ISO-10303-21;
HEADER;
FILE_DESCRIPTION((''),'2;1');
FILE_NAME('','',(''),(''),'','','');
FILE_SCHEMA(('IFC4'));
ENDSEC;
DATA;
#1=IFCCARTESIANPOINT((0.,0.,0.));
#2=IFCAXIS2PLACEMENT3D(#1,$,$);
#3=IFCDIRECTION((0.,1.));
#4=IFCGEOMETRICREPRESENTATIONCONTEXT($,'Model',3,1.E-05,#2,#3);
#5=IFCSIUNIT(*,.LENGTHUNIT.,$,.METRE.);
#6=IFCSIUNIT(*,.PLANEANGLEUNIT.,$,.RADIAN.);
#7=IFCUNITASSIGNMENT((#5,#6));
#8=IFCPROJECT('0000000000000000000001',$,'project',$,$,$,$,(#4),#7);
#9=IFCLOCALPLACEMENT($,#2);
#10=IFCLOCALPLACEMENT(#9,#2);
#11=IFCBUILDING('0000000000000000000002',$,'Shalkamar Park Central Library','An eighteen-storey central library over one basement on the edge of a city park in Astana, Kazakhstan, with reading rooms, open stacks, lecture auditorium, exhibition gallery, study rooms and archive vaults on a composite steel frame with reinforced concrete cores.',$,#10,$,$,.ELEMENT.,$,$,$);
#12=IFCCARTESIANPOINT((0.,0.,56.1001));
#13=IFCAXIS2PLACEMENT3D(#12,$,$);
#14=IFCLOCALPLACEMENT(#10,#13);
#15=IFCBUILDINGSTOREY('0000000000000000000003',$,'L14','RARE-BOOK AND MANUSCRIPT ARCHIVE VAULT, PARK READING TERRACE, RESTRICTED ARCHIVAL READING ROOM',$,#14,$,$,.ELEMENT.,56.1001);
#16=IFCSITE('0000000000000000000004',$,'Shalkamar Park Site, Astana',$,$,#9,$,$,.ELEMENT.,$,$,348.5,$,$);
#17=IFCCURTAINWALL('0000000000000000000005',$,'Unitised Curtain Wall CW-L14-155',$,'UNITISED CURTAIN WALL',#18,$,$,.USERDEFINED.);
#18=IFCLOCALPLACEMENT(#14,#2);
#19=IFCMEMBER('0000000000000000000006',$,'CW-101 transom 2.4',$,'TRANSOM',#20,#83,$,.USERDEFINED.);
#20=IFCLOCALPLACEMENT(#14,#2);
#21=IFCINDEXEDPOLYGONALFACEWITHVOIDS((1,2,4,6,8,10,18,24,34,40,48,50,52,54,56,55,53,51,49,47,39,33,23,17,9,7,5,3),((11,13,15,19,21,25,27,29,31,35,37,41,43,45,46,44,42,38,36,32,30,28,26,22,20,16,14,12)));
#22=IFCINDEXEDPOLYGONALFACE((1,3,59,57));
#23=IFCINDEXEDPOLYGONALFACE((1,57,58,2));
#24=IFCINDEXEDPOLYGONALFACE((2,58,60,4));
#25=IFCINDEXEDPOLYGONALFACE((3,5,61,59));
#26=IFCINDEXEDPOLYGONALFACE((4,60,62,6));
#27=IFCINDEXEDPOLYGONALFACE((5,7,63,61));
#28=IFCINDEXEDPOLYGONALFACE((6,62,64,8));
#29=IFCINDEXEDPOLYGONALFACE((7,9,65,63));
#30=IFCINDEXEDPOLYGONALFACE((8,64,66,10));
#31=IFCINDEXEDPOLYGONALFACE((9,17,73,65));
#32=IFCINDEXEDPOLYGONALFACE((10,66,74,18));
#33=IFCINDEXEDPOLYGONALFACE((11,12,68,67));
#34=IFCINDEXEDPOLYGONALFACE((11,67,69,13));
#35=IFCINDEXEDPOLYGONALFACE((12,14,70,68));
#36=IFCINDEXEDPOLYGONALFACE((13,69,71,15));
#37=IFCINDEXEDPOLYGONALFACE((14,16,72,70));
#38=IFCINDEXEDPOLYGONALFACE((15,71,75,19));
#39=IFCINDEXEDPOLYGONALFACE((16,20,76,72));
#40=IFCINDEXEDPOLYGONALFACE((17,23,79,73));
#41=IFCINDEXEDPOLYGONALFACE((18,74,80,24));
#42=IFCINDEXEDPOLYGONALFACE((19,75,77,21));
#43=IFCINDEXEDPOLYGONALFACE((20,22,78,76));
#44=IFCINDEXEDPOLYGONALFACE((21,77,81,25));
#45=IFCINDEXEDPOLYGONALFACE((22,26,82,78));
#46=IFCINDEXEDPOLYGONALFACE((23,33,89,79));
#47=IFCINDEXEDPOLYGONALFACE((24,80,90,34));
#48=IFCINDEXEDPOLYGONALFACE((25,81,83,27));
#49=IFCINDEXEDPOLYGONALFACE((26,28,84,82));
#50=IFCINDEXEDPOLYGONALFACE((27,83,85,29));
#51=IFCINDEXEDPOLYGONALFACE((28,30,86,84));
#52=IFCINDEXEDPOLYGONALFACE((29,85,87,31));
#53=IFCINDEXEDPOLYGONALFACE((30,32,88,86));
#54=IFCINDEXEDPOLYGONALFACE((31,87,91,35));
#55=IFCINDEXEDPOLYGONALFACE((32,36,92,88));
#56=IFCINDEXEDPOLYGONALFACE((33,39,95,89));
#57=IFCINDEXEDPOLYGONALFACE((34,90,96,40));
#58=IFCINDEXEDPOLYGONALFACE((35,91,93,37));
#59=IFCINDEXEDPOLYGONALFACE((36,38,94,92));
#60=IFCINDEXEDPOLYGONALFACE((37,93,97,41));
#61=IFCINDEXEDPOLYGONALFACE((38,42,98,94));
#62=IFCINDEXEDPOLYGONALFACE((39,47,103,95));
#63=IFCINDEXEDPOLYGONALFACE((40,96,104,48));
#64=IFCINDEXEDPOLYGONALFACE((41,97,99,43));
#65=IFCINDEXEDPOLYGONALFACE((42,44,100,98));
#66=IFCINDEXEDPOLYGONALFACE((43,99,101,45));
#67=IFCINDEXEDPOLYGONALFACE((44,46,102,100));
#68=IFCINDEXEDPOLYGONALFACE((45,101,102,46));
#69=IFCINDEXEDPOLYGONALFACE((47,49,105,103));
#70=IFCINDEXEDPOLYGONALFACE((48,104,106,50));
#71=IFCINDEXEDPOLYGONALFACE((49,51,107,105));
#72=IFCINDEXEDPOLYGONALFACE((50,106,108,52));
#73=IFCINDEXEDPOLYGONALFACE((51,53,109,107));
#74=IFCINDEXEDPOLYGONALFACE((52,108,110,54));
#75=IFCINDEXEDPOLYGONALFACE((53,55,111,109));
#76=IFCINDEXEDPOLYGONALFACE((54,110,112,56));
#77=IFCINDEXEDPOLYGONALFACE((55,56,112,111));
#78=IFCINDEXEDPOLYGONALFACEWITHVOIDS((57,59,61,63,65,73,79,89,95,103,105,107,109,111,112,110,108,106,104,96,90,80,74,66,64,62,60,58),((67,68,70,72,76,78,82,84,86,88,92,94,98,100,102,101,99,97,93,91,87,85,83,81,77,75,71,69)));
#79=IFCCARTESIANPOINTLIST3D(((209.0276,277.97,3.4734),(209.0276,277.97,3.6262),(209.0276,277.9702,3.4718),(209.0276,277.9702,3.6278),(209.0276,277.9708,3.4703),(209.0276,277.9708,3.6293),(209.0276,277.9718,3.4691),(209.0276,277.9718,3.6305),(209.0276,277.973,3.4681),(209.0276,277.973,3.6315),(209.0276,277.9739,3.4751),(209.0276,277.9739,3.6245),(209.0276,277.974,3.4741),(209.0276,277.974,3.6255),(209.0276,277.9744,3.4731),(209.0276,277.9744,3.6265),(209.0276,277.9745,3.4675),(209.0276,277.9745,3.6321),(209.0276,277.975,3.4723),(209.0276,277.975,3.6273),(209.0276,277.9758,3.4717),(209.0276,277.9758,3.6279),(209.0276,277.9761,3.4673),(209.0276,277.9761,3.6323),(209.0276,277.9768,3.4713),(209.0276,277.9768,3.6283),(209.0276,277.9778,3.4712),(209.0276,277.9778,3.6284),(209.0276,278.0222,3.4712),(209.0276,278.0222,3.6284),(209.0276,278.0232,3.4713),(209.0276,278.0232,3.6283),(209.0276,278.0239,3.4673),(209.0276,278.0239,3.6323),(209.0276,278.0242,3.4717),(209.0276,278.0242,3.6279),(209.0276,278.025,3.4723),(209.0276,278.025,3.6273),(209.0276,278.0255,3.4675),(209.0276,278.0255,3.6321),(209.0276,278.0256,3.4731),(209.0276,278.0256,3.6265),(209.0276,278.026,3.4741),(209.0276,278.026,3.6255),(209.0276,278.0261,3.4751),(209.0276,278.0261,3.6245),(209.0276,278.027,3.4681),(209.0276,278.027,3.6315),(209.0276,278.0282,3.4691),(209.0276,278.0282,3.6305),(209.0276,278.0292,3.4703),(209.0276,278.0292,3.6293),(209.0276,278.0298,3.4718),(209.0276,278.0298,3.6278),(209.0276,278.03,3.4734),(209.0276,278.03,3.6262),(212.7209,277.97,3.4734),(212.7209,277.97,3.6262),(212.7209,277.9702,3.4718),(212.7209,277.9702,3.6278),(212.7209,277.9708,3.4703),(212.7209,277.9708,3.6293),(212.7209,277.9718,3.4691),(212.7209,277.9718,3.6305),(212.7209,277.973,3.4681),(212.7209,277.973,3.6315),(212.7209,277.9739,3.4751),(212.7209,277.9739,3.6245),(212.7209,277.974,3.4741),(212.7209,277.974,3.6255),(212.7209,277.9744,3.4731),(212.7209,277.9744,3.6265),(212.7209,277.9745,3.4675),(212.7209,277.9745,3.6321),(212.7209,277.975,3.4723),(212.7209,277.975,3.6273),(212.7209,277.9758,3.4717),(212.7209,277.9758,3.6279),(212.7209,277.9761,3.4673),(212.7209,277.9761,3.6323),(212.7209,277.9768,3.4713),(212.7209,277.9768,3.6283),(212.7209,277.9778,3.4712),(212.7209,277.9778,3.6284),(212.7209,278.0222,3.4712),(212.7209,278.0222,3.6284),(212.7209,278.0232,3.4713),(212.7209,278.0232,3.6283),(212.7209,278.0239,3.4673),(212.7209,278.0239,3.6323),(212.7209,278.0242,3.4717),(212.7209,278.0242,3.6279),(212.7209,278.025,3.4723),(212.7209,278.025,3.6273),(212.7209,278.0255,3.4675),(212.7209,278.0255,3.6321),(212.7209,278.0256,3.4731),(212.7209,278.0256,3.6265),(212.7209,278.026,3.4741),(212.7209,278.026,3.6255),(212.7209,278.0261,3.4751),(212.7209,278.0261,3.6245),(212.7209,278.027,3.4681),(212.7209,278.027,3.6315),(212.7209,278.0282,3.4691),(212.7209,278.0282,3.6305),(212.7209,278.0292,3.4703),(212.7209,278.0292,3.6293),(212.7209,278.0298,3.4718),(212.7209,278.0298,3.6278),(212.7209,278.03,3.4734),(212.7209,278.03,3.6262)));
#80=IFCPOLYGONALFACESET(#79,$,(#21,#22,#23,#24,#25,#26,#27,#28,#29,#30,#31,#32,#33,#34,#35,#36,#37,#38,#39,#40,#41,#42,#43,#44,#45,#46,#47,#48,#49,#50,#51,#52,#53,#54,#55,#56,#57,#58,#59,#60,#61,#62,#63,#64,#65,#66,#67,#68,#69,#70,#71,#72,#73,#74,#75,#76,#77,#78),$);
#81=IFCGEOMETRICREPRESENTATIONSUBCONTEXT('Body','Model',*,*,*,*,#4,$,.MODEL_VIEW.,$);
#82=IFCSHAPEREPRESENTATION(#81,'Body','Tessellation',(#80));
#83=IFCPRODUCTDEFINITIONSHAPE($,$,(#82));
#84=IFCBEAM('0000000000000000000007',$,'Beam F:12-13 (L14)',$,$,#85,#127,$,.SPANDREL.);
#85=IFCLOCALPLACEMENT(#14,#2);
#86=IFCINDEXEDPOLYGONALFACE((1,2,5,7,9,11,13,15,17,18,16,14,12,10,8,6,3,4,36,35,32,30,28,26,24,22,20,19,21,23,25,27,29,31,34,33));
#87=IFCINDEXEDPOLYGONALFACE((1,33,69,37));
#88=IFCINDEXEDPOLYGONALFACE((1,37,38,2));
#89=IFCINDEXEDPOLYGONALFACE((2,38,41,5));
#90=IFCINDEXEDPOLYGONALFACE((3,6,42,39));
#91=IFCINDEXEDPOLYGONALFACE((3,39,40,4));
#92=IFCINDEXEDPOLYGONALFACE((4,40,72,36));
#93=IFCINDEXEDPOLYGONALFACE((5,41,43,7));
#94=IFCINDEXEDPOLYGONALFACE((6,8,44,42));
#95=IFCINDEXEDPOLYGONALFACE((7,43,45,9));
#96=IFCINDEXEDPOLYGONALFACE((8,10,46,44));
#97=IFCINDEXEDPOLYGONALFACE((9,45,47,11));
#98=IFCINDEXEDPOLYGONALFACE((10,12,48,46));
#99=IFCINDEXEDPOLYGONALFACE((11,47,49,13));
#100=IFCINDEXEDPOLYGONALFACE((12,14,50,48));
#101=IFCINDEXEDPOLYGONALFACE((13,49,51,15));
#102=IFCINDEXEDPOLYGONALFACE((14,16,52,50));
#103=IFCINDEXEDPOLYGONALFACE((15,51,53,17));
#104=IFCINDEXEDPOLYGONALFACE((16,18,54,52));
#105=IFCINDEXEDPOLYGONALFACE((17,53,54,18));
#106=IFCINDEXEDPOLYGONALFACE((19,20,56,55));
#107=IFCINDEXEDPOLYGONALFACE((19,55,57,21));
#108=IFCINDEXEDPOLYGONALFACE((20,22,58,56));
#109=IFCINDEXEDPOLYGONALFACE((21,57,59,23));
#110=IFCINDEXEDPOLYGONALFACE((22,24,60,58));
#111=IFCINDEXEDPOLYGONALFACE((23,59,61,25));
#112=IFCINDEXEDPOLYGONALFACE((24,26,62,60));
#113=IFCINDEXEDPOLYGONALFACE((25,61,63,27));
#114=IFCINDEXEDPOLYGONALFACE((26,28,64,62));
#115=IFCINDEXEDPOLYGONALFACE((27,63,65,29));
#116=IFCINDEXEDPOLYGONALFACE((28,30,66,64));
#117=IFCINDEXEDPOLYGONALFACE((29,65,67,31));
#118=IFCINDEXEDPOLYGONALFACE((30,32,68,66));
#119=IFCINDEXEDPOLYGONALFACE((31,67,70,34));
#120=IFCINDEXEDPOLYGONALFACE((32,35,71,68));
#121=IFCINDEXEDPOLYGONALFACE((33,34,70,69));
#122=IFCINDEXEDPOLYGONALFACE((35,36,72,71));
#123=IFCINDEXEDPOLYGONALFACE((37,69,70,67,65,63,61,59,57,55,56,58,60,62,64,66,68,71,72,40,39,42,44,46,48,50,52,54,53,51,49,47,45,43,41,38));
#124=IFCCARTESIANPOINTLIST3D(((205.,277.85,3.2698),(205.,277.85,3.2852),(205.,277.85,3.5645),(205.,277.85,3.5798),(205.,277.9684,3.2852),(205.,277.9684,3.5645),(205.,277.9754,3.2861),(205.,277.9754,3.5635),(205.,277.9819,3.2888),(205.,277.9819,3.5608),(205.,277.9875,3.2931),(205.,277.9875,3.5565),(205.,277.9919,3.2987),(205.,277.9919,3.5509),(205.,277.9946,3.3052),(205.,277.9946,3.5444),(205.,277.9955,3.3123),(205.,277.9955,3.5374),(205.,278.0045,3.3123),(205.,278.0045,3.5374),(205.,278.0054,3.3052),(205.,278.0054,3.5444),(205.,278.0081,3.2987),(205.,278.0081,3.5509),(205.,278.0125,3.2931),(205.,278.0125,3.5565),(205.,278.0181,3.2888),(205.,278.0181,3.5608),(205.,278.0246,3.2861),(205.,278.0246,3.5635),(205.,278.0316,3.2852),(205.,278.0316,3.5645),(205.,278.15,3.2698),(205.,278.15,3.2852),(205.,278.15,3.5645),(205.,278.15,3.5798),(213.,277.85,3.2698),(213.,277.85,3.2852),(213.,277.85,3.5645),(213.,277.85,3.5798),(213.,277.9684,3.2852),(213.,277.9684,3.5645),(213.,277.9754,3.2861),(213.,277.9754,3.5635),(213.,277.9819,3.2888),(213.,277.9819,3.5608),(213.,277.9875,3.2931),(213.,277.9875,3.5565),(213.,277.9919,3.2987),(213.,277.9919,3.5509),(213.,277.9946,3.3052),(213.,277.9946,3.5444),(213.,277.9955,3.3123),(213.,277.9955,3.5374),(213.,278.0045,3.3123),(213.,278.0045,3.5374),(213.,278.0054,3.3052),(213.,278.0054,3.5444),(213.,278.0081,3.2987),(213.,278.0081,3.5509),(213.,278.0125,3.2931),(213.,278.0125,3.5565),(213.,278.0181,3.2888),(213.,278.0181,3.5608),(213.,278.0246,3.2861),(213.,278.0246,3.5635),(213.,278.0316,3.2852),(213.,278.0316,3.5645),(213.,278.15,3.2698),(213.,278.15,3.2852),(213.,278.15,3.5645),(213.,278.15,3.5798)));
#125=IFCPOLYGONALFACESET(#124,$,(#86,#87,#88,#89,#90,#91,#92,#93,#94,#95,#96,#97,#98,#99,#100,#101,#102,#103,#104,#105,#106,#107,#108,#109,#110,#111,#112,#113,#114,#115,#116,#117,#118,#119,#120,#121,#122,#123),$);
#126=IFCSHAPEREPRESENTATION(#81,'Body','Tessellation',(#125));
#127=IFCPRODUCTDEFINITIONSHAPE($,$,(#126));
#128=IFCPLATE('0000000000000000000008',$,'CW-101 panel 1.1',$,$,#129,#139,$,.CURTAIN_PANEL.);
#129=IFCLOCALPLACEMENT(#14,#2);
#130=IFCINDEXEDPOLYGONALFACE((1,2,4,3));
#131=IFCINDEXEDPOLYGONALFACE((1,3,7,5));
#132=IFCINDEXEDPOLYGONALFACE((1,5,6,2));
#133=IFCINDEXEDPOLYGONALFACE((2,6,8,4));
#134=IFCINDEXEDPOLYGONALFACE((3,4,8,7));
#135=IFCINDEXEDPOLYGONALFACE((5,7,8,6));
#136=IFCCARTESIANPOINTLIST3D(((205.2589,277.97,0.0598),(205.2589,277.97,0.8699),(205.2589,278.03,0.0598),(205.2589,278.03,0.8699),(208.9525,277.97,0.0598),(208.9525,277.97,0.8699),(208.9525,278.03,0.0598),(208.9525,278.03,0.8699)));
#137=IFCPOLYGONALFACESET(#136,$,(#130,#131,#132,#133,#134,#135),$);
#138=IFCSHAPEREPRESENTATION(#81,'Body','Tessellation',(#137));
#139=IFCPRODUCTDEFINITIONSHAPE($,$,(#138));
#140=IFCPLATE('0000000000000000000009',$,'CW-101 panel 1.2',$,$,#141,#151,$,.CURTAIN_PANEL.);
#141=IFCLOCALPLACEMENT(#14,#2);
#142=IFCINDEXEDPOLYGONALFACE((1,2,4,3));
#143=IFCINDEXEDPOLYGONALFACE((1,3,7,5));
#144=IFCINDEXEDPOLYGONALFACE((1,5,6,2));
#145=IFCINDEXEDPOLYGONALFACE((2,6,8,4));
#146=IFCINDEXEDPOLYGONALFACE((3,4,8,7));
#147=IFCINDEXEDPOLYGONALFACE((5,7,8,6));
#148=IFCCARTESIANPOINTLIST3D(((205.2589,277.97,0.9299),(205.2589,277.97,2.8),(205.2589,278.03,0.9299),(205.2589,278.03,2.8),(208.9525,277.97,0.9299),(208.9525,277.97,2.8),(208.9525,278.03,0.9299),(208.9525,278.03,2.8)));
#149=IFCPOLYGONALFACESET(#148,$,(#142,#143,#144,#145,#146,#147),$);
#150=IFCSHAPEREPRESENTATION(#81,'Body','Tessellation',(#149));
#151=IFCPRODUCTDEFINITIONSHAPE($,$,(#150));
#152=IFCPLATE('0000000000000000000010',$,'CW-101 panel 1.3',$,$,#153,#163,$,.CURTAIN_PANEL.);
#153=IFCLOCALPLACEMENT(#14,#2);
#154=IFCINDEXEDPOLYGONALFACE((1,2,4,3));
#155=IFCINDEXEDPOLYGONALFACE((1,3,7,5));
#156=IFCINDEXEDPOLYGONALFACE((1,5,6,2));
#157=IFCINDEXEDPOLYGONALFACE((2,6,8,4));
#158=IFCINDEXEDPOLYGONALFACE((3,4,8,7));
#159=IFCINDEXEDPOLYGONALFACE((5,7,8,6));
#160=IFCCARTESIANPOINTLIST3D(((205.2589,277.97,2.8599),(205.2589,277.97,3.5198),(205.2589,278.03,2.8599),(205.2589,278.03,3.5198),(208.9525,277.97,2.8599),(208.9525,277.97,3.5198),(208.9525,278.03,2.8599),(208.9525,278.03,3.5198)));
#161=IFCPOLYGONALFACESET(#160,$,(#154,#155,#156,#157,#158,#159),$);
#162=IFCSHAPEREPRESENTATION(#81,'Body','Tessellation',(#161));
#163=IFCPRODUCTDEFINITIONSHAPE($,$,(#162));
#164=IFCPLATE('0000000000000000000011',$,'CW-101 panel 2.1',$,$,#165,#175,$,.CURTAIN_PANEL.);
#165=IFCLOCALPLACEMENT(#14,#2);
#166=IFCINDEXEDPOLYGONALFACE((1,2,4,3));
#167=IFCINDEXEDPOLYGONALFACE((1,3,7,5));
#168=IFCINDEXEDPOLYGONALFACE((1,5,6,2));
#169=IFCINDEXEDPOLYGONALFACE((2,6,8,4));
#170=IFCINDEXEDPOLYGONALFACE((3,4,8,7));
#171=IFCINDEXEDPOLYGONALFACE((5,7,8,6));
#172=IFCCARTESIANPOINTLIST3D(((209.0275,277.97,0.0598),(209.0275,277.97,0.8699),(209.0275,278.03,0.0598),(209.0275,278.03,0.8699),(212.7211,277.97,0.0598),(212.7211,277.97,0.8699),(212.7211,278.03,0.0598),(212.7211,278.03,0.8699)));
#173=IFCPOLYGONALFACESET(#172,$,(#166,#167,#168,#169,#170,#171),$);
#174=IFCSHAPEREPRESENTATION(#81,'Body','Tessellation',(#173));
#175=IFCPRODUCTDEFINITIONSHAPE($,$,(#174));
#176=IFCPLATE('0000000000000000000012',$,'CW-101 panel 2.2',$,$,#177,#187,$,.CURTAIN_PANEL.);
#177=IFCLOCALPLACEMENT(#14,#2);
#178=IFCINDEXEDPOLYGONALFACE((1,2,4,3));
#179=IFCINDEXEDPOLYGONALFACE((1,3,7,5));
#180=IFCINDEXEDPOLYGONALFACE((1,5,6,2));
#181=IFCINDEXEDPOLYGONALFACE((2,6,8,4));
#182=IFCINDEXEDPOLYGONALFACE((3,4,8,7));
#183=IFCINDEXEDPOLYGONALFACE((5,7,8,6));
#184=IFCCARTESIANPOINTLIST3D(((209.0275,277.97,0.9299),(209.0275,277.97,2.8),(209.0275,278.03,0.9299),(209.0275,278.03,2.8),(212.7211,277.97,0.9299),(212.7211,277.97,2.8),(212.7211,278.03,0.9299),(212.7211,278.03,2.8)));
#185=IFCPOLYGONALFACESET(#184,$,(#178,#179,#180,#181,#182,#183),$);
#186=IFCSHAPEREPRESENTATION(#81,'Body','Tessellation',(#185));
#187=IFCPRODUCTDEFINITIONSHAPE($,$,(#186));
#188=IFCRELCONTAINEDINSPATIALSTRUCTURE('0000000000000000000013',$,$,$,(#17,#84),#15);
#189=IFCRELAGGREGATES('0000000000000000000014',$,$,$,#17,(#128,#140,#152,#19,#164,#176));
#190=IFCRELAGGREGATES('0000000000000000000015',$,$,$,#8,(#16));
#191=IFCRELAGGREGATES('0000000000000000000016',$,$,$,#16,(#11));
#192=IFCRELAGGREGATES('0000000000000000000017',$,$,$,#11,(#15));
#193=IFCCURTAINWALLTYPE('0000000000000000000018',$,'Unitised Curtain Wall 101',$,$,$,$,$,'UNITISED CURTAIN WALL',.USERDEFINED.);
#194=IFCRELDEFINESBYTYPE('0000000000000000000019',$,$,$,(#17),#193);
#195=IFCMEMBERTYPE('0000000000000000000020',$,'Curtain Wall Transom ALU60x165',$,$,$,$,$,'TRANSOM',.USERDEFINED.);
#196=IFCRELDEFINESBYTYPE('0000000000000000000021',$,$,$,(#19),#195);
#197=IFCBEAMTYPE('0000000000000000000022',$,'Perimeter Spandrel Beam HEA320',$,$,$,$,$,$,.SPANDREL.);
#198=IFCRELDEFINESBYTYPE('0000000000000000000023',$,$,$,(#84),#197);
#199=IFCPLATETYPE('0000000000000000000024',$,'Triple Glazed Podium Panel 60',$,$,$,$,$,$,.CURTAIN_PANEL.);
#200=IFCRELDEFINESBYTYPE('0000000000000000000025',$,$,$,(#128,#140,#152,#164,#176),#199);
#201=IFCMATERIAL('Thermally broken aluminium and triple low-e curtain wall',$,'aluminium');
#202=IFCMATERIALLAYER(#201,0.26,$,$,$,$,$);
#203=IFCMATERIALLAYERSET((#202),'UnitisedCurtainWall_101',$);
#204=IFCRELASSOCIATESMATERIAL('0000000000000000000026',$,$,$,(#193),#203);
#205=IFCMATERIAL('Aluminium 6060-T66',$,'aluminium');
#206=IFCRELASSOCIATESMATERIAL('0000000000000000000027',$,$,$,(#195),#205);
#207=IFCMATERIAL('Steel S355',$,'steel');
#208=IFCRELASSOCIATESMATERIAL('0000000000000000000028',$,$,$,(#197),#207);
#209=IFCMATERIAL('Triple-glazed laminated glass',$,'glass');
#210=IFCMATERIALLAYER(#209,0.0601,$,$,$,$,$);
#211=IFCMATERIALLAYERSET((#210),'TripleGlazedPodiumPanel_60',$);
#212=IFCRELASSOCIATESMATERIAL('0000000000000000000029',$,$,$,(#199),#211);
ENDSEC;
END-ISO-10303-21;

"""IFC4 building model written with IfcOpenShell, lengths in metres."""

from ifc_helpers import new_model, si_unit, direction, frame, origin, origin_2d, place, context, subcontext, project, spatial, rectangle, hollow_rectangle, i_section, extrude, material, layer, layer_set, material_profile, profile_set, type_object, element, aggregate, save


model = new_model("IFC4")

# Units and contexts
model_context = context("Model", 3, precision=1e-05, world=origin(), true_north=direction((0.0, 1.0)))
body_context = subcontext(model_context, "Body", "Model", "MODEL_VIEW")
ifc_project = project(units=[si_unit("LENGTHUNIT", "METRE"), si_unit("PLANEANGLEUNIT", "RADIAN")], contexts=[model_context])

# Site, building, storey
site_placement = place(None, origin())
site = spatial("IfcSite", under=ifc_project, at=site_placement, Name="Shalkamar Park Site, Astana", CompositionType="ELEMENT", RefElevation=348.5)
building_placement = place(site_placement, origin())
building = spatial("IfcBuilding", under=site, at=building_placement, Name="Shalkamar Park Central Library", Description="An eighteen-storey central library over one basement on the edge of a city park in Astana, Kazakhstan, with reading rooms, open stacks, lecture auditorium, exhibition gallery, study rooms and archive vaults on a composite steel frame with reinforced concrete cores.", CompositionType="ELEMENT")
storey_placement = place(building_placement, frame((0.0, 0.0, 56.1001)))
storey = spatial("IfcBuildingStorey", under=building, at=storey_placement, Name="L14", Description="RARE-BOOK AND MANUSCRIPT ARCHIVE VAULT, PARK READING TERRACE, RESTRICTED ARCHIVAL READING ROOM", CompositionType="ELEMENT", Elevation=56.1001)

# Shared definitions
ifc_material_1 = material(Name="Steel S355", Category="steel")

# Curtain wall, member
ifc_material_2 = material(Name="Thermally broken aluminium and triple low-e curtain wall", Category="aluminium")
ifc_layer_1 = layer(ifc_material_2, 0.26)
ifc_layer_set_1 = layer_set([ifc_layer_1], Name="UnitisedCurtainWall_101")
curtain_wall_type = type_object("IfcCurtainWallType", Name="Unitised Curtain Wall 101", ElementType="UNITISED CURTAIN WALL", PredefinedType="USERDEFINED", material=ifc_layer_set_1)
curtain_wall_placement = place(storey_placement, origin())
curtain_wall = element("IfcCurtainWall", 1, at=curtain_wall_placement, inside=storey, type_object=curtain_wall_type, Name="Unitised Curtain Wall CW-L14-155", ObjectType="UNITISED CURTAIN WALL", PredefinedType="USERDEFINED")
ifc_material_3 = material(Name="Aluminium 6060-T66", Category="aluminium")
ifc_material_profile_1 = material_profile(ifc_material_3, hollow_rectangle(XDim=0.0601, YDim=0.165, WallThickness=0.0039, InnerFilletRadius=0.0039, OuterFilletRadius=0.0061, at=origin_2d()), Name="ALU 60x165x4")
ifc_profile_set_1 = profile_set([ifc_material_profile_1], Name="Aluminium 6060-T66")
member_type_1 = type_object("IfcMemberType", Name="Curtain Wall Transom ALU60x165", ElementType="TRANSOM", PredefinedType="USERDEFINED", material=ifc_profile_set_1)
member_1_placement = place(storey_placement, frame((209.0276, 278.0, 3.5498), z_axis=(1.0, 0.0, 0.0), x_axis=(0.0, 1.0, 0.0)))
member_1 = element("IfcMember", 2, at=member_1_placement, type_object=member_type_1, Name="CW-101 transom 2.4", ObjectType="TRANSOM", PredefinedType="USERDEFINED", context=body_context, shape_type="SweptSolid", body=[
    extrude(hollow_rectangle(XDim=0.0601, YDim=0.165, WallThickness=0.0039, InnerFilletRadius=0.0039, OuterFilletRadius=0.0061, at=origin_2d()), origin(), (0.0, 0.0, 1.0), 3.6934),
])

# Beam
ifc_material_profile_2 = material_profile(ifc_material_1, i_section(OverallWidth=0.3, OverallDepth=0.3101, WebThickness=0.009, FlangeThickness=0.0154, FilletRadius=0.0271, at=origin_2d()), Name="HEA 320")
ifc_profile_set_2 = profile_set([ifc_material_profile_2], Name="Steel S355")
beam_type = type_object("IfcBeamType", Name="Perimeter Spandrel Beam HEA320", PredefinedType="SPANDREL", material=ifc_profile_set_2)
beam_placement = place(storey_placement, frame((205.0, 278.0, 3.4248), z_axis=(1.0, 0.0, 0.0), x_axis=(0.0, 1.0, 0.0)))
element("IfcBeam", 3, at=beam_placement, inside=storey, type_object=beam_type, Name="Beam F:12-13 (L14)", PredefinedType="SPANDREL", context=body_context, shape_type="SweptSolid", body=[
    extrude(i_section(OverallWidth=0.3, OverallDepth=0.3101, WebThickness=0.009, FlangeThickness=0.0154, FilletRadius=0.0271, at=origin_2d()), origin(), (0.0, 0.0, 1.0), 8.0),
])

# Plates
ifc_material_4 = material(Name="Triple-glazed laminated glass", Category="glass")
ifc_layer_2 = layer(ifc_material_4, 0.0601)
ifc_layer_set_2 = layer_set([ifc_layer_2], Name="TripleGlazedPodiumPanel_60")
plate_type = type_object("IfcPlateType", Name="Triple Glazed Podium Panel 60", PredefinedType="CURTAIN_PANEL", material=ifc_layer_set_2)
plate_1_placement = place(storey_placement, frame((207.1057, 278.0, 0.0598), z_axis=(0.0, 0.0, 1.0), x_axis=(1.0, 0.0, 0.0)))
plate_1 = element("IfcPlate", 4, at=plate_1_placement, type_object=plate_type, Name="CW-101 panel 1.1", PredefinedType="CURTAIN_PANEL", context=body_context, shape_type="SweptSolid", body=[
    extrude(rectangle(XDim=3.6936, YDim=0.0601, at=origin_2d()), origin(), (0.0, 0.0, 1.0), 0.8101),
])
plate_2_placement = place(storey_placement, frame((207.1057, 278.0, 0.9299), z_axis=(0.0, 0.0, 1.0), x_axis=(1.0, 0.0, 0.0)))
plate_2 = element("IfcPlate", 5, at=plate_2_placement, type_object=plate_type, Name="CW-101 panel 1.2", PredefinedType="CURTAIN_PANEL", context=body_context, shape_type="SweptSolid", body=[
    extrude(rectangle(XDim=3.6936, YDim=0.0601, at=origin_2d()), origin(), (0.0, 0.0, 1.0), 1.8701),
])
plate_3_placement = place(storey_placement, frame((207.1057, 278.0, 2.8599), z_axis=(0.0, 0.0, 1.0), x_axis=(1.0, 0.0, 0.0)))
plate_3 = element("IfcPlate", 6, at=plate_3_placement, type_object=plate_type, Name="CW-101 panel 1.3", PredefinedType="CURTAIN_PANEL", context=body_context, shape_type="SweptSolid", body=[
    extrude(rectangle(XDim=3.6936, YDim=0.0601, at=origin_2d()), origin(), (0.0, 0.0, 1.0), 0.6599),
])
plate_4_placement = place(storey_placement, frame((210.8743, 278.0, 0.0598), z_axis=(0.0, 0.0, 1.0), x_axis=(1.0, 0.0, 0.0)))
plate_4 = element("IfcPlate", 7, at=plate_4_placement, type_object=plate_type, Name="CW-101 panel 2.1", PredefinedType="CURTAIN_PANEL", context=body_context, shape_type="SweptSolid", body=[
    extrude(rectangle(XDim=3.6936, YDim=0.0601, at=origin_2d()), origin(), (0.0, 0.0, 1.0), 0.8101),
])
plate_5_placement = place(storey_placement, frame((210.8743, 278.0, 0.9299), z_axis=(0.0, 0.0, 1.0), x_axis=(1.0, 0.0, 0.0)))
plate_5 = element("IfcPlate", 8, at=plate_5_placement, type_object=plate_type, Name="CW-101 panel 2.2", PredefinedType="CURTAIN_PANEL", context=body_context, shape_type="SweptSolid", body=[
    extrude(rectangle(XDim=3.6936, YDim=0.0601, at=origin_2d()), origin(), (0.0, 0.0, 1.0), 1.8701),
])
aggregate(curtain_wall, [plate_1, plate_2, plate_3, member_1, plate_4, plate_5])

save(model, "model.ifc")
